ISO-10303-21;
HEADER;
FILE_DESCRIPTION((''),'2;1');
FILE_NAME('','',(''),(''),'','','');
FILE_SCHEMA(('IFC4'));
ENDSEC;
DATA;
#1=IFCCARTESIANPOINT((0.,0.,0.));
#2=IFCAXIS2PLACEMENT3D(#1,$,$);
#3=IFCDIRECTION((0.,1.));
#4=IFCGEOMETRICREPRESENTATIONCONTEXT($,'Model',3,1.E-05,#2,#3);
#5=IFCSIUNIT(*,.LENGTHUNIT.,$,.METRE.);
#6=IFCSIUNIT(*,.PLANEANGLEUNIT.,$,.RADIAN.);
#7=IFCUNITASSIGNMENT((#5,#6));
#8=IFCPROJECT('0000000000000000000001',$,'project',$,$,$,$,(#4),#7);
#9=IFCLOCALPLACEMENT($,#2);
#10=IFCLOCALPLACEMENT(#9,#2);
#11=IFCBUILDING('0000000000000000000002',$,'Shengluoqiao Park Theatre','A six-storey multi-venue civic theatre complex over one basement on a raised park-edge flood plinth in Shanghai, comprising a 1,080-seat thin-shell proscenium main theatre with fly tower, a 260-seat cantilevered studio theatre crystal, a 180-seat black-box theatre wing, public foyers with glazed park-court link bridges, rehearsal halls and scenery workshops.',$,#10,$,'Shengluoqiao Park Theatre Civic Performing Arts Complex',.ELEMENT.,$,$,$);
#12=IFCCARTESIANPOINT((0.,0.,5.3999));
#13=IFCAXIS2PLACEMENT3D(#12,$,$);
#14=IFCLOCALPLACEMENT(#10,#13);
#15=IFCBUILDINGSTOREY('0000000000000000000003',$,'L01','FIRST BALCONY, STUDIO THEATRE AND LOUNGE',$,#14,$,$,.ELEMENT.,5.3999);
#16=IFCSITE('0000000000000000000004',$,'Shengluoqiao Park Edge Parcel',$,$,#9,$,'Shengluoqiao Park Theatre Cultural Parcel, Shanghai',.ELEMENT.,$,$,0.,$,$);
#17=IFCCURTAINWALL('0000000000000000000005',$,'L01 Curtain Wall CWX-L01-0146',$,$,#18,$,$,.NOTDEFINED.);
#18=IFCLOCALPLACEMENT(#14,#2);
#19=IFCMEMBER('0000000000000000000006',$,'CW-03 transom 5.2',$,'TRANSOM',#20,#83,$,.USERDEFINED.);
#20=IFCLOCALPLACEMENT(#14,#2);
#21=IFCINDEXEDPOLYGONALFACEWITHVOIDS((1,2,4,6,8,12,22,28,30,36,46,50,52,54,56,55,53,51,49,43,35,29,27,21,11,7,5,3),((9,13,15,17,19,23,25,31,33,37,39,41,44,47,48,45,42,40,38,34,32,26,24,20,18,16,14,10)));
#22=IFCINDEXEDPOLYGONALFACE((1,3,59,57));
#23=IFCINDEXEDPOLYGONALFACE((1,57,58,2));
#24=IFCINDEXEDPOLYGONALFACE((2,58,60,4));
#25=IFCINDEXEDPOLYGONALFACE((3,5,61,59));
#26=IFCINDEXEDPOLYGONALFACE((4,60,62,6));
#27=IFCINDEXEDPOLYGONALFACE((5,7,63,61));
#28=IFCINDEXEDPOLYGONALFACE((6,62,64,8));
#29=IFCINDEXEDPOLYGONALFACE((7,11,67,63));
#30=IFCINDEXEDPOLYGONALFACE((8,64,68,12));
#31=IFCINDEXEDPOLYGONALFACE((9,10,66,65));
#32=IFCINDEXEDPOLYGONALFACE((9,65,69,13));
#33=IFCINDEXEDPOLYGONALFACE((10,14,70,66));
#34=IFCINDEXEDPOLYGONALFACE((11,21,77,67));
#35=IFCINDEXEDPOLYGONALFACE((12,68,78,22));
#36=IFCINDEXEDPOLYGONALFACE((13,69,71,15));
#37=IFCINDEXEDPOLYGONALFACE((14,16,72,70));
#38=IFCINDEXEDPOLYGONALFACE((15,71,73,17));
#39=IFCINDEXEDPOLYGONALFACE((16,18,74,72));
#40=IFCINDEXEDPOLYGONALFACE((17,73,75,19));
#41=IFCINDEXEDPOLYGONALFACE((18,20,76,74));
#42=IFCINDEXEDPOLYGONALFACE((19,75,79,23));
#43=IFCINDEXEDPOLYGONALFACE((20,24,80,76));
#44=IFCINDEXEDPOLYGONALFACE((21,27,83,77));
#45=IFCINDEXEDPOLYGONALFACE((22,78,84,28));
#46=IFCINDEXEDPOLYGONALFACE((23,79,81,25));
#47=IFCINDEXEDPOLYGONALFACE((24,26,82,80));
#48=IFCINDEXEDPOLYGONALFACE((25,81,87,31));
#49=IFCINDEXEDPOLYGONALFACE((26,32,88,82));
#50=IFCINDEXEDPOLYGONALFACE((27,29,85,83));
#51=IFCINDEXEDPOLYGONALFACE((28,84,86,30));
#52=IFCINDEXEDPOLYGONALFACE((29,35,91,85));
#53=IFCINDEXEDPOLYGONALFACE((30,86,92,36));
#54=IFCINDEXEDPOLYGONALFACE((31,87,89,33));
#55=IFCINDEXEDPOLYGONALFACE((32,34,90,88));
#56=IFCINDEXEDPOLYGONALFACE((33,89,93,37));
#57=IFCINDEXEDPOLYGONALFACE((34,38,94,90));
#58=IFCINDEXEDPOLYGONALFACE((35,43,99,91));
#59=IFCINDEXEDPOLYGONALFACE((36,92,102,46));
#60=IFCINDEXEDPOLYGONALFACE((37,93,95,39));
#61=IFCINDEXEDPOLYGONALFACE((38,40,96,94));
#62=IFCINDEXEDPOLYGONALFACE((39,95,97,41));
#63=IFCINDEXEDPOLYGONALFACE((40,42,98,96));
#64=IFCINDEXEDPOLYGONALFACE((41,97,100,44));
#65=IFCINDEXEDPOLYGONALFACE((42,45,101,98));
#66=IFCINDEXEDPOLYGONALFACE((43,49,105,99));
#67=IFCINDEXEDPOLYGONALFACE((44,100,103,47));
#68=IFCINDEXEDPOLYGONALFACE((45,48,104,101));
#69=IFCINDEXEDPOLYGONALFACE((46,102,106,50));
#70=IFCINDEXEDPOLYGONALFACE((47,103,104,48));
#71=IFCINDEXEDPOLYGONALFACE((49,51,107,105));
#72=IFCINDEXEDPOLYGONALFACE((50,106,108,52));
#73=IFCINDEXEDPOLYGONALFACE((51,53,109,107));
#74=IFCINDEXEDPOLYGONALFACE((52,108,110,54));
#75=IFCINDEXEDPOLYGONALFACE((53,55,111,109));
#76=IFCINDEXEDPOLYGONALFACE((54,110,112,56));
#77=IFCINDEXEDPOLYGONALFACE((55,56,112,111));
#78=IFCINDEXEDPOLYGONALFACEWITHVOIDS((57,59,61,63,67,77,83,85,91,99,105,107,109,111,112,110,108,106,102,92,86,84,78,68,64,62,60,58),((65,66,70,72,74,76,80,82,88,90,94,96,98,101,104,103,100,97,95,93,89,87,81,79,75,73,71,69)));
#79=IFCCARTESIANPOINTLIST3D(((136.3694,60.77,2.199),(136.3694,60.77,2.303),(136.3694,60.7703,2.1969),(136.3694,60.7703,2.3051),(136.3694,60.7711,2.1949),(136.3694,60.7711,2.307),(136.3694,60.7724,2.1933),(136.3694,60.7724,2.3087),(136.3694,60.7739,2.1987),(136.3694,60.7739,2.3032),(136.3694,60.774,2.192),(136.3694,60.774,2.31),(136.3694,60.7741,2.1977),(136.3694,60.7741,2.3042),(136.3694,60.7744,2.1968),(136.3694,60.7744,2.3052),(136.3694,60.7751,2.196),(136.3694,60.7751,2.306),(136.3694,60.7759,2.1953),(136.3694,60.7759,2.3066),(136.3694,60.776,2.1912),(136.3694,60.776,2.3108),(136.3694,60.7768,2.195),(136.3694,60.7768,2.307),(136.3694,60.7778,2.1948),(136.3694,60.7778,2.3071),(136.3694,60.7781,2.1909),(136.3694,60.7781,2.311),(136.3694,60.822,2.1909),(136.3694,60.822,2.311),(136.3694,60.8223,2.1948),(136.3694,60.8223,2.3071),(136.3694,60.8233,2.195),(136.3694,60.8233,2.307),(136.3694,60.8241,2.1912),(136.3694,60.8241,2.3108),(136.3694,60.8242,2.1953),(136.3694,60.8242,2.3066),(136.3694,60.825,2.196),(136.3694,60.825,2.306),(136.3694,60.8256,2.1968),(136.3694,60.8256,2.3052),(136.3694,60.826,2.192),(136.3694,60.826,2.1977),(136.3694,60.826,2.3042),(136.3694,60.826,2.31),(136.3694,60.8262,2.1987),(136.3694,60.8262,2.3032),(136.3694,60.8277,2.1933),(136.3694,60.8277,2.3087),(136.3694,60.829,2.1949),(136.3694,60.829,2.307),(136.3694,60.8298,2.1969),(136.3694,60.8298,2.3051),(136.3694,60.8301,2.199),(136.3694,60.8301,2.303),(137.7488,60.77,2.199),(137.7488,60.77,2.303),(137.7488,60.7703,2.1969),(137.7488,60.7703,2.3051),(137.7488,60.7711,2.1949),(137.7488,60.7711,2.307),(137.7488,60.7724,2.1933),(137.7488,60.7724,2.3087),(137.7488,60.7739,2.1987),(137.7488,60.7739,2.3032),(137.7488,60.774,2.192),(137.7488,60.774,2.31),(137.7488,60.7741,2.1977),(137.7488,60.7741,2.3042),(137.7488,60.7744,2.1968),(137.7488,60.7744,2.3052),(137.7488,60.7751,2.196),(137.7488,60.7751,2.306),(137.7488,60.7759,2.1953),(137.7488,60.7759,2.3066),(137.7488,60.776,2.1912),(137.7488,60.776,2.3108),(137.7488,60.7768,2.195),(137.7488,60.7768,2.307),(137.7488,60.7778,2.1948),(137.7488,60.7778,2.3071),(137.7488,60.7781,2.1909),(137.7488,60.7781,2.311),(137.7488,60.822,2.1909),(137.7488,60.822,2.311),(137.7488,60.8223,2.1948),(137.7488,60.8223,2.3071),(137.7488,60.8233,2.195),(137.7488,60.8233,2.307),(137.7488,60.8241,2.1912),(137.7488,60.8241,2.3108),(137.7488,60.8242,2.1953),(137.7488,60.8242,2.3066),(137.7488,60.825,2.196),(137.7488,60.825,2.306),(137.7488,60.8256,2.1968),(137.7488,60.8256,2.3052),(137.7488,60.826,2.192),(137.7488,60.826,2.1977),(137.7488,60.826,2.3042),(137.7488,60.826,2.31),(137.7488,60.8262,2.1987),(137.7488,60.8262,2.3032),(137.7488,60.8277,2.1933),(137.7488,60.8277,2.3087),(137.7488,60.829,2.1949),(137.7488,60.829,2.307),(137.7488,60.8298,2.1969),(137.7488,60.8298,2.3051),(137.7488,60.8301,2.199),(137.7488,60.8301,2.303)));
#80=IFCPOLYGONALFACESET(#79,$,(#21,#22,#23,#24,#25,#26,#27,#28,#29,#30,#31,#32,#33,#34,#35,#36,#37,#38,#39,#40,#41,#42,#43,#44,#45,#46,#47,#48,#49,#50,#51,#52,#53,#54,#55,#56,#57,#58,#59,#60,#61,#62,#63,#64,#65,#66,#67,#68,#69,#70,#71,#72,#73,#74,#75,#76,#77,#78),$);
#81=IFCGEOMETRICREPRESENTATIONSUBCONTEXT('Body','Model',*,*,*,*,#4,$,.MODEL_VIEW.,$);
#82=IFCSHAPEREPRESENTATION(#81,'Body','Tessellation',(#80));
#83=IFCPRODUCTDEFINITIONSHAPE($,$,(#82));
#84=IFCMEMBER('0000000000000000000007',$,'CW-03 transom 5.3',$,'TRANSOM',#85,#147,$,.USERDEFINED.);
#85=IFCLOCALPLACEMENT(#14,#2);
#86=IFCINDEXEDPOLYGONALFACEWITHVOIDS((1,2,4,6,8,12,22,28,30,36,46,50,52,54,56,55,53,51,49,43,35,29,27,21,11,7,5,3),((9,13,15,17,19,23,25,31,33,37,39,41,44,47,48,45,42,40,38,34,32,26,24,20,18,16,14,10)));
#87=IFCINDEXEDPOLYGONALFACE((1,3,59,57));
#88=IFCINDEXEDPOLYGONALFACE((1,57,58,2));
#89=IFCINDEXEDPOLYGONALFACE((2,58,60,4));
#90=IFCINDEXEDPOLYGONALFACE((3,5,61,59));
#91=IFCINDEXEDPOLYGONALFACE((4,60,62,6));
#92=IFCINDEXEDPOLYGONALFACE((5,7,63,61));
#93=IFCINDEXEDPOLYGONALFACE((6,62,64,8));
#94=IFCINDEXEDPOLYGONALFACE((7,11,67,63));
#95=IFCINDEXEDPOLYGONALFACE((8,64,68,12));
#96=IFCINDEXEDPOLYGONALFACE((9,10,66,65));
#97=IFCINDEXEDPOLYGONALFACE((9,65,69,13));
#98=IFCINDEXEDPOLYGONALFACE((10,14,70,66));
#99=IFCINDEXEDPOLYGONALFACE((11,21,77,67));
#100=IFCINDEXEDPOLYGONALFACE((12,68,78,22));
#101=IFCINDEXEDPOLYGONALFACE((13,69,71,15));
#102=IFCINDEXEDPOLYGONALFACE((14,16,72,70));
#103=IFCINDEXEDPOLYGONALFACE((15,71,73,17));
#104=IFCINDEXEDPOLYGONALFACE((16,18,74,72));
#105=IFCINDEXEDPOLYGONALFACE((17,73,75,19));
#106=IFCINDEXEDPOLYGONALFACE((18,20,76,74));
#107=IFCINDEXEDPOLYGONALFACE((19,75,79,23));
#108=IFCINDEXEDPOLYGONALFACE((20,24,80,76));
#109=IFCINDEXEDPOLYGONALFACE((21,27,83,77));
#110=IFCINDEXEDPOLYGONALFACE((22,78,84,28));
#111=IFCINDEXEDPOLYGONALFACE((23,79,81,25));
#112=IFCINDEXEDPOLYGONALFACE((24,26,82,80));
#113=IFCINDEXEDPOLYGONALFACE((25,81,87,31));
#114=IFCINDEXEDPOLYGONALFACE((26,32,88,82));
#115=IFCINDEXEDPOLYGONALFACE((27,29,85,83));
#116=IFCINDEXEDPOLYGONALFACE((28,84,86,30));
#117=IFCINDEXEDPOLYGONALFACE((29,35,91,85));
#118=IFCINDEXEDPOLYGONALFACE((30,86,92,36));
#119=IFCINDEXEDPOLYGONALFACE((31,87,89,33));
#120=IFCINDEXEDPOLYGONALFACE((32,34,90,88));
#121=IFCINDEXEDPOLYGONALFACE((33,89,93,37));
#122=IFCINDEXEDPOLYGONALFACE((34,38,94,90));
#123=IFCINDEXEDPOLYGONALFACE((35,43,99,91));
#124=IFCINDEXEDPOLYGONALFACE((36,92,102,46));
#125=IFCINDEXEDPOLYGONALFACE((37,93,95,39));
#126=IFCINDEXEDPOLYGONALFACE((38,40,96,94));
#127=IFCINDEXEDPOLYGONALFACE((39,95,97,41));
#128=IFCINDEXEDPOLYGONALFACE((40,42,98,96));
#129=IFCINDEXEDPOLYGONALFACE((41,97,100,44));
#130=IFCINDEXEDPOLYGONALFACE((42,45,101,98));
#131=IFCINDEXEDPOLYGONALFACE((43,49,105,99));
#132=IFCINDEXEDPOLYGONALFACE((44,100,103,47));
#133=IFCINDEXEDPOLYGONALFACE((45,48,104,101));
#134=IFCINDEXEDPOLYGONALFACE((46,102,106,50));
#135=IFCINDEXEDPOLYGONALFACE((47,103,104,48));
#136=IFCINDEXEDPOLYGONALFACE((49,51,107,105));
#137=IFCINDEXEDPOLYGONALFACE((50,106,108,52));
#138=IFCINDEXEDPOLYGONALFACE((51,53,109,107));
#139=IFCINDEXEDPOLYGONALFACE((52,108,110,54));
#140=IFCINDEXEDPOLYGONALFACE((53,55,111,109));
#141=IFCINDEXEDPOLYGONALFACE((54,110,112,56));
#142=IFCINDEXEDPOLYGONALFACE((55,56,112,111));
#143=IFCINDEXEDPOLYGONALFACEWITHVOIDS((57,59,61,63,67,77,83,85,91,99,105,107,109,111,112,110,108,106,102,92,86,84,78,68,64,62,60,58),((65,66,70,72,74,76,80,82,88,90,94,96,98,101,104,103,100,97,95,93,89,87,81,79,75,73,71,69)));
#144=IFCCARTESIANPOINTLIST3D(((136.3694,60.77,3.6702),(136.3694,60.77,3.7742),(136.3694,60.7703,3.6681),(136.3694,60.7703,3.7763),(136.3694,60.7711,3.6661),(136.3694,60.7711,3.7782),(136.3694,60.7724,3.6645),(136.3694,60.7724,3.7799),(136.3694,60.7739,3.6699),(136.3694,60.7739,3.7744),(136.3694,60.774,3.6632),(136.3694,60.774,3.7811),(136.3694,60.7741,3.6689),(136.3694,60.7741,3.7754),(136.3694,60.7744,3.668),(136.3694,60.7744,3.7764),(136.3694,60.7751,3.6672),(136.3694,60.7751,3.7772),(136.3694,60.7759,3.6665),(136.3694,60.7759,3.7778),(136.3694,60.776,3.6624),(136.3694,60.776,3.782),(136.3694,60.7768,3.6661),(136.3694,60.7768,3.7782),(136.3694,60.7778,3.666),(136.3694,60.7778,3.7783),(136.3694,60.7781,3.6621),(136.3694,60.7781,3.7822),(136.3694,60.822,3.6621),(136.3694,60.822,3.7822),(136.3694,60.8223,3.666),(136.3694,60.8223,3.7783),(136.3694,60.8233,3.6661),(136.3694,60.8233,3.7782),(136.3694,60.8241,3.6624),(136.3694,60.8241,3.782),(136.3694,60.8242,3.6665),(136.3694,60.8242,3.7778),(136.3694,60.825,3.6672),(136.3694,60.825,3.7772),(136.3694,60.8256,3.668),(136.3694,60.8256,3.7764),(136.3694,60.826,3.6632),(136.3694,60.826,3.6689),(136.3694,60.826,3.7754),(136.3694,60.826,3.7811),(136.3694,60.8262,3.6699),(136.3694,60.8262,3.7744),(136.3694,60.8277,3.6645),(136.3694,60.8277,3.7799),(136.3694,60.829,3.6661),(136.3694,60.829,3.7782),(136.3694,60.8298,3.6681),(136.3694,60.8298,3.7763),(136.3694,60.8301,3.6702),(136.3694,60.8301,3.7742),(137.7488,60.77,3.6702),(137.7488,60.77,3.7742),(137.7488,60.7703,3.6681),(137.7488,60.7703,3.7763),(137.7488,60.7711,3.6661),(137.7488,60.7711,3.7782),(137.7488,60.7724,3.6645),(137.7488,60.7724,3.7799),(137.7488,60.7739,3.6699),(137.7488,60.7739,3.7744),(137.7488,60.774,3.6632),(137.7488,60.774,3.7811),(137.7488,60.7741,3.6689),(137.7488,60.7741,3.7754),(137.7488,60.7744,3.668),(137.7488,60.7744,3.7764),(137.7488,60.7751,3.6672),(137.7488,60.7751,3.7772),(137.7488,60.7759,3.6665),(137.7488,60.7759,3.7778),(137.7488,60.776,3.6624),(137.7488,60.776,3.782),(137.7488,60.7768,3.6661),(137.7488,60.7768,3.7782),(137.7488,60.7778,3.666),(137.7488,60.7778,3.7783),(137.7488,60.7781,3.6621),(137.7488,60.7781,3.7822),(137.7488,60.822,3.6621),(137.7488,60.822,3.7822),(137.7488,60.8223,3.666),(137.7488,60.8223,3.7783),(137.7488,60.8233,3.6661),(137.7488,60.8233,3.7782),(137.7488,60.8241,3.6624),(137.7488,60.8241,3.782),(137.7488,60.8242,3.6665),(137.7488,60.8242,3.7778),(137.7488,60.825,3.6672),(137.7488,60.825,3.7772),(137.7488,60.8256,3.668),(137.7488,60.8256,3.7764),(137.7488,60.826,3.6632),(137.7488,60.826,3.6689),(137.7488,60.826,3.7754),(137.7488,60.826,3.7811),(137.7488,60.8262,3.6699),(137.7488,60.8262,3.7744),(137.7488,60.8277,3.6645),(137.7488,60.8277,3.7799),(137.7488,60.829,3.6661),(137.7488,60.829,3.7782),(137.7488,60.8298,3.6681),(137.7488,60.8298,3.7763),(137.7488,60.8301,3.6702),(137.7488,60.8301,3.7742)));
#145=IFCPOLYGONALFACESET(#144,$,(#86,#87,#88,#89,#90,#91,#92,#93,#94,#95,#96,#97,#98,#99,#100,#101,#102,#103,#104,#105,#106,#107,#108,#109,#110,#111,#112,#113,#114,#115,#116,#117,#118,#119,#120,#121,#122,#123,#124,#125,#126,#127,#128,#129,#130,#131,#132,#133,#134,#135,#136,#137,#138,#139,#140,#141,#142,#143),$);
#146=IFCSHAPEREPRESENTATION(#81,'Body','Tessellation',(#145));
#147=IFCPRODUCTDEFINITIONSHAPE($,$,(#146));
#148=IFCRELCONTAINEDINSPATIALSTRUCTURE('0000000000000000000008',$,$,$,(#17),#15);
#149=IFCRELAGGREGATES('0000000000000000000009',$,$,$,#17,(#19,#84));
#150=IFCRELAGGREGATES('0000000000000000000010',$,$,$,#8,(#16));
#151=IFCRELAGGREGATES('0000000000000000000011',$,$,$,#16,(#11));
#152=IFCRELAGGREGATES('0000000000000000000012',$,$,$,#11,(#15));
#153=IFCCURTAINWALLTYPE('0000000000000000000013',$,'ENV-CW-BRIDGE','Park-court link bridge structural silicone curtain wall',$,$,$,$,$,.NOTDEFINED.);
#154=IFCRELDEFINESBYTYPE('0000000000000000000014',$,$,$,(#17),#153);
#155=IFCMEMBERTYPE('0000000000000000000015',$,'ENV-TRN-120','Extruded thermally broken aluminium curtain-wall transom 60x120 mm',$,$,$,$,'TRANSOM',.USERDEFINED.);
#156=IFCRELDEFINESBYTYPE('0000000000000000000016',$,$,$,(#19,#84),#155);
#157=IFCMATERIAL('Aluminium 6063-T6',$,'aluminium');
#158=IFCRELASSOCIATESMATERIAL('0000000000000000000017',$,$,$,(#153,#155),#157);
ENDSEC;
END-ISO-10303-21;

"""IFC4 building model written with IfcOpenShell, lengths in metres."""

from ifc_helpers import new_model, si_unit, direction, frame, origin, origin_2d, place, context, subcontext, project, spatial, hollow_rectangle, extrude, material, material_profile, profile_set, type_object, element, aggregate, save


model = new_model("IFC4")

# Units and contexts
model_context = context("Model", 3, precision=1e-05, world=origin(), true_north=direction((0.0, 1.0)))
body_context = subcontext(model_context, "Body", "Model", "MODEL_VIEW")
ifc_project = project(units=[si_unit("LENGTHUNIT", "METRE"), si_unit("PLANEANGLEUNIT", "RADIAN")], contexts=[model_context])

# Site, building, storey
site_placement = place(None, origin())
site = spatial("IfcSite", under=ifc_project, at=site_placement, Name="Shengluoqiao Park Edge Parcel", LongName="Shengluoqiao Park Theatre Cultural Parcel, Shanghai", CompositionType="ELEMENT", RefElevation=0.0)
building_placement = place(site_placement, origin())
building = spatial("IfcBuilding", under=site, at=building_placement, Name="Shengluoqiao Park Theatre", Description="A six-storey multi-venue civic theatre complex over one basement on a raised park-edge flood plinth in Shanghai, comprising a 1,080-seat thin-shell proscenium main theatre with fly tower, a 260-seat cantilevered studio theatre crystal, a 180-seat black-box theatre wing, public foyers with glazed park-court link bridges, rehearsal halls and scenery workshops.", LongName="Shengluoqiao Park Theatre Civic Performing Arts Complex", CompositionType="ELEMENT")
storey_placement = place(building_placement, frame((0.0, 0.0, 5.3999)))
storey = spatial("IfcBuildingStorey", under=building, at=storey_placement, Name="L01", Description="FIRST BALCONY, STUDIO THEATRE AND LOUNGE", CompositionType="ELEMENT", Elevation=5.3999)

# Curtain wall
ifc_material_1 = material(Name="Aluminium 6063-T6", Category="aluminium")
curtain_wall_type = type_object("IfcCurtainWallType", Name="ENV-CW-BRIDGE", Description="Park-court link bridge structural silicone curtain wall", PredefinedType="NOTDEFINED", material=ifc_material_1)
curtain_wall_1_placement = place(storey_placement, origin())
curtain_wall_1 = element("IfcCurtainWall", 1, at=curtain_wall_1_placement, inside=storey, type_object=curtain_wall_type, Name="L01 Curtain Wall CWX-L01-0146", PredefinedType="NOTDEFINED")

# Members
ifc_material_profile_1 = material_profile(ifc_material_1, hollow_rectangle(XDim=0.0601, YDim=0.1201, WallThickness=0.0039, InnerFilletRadius=0.0039, OuterFilletRadius=0.0081, at=origin_2d()), Name="ALU TRANSOM 120x60x4")
ifc_profile_set_1 = profile_set([ifc_material_profile_1], Name="Aluminium 6063-T6")
member_type_1 = type_object("IfcMemberType", Name="ENV-TRN-120", Description="Extruded thermally broken aluminium curtain-wall transom 60x120 mm", ElementType="TRANSOM", PredefinedType="USERDEFINED", material=ifc_profile_set_1)
member_1_placement = place(storey_placement, frame((136.3694, 60.8, 2.251), z_axis=(1.0, 0.0, 0.0), x_axis=(0.0, 1.0, 0.0)))
member_1 = element("IfcMember", 2, at=member_1_placement, type_object=member_type_1, Name="CW-03 transom 5.2", ObjectType="TRANSOM", PredefinedType="USERDEFINED", context=body_context, shape_type="SweptSolid", body=[
    extrude(hollow_rectangle(XDim=0.0601, YDim=0.1201, WallThickness=0.0039, InnerFilletRadius=0.0039, OuterFilletRadius=0.0081, at=origin_2d()), origin(), (0.0, 0.0, 1.0), 1.3794),
])
member_2_placement = place(storey_placement, frame((136.3694, 60.8, 3.7222), z_axis=(1.0, 0.0, 0.0), x_axis=(0.0, 1.0, 0.0)))
member_2 = element("IfcMember", 3, at=member_2_placement, type_object=member_type_1, Name="CW-03 transom 5.3", ObjectType="TRANSOM", PredefinedType="USERDEFINED", context=body_context, shape_type="SweptSolid", body=[
    extrude(hollow_rectangle(XDim=0.0601, YDim=0.1201, WallThickness=0.0039, InnerFilletRadius=0.0039, OuterFilletRadius=0.0081, at=origin_2d()), origin(), (0.0, 0.0, 1.0), 1.3794),
])

aggregate(curtain_wall_1, [member_1, member_2])

save(model, "model.ifc")
